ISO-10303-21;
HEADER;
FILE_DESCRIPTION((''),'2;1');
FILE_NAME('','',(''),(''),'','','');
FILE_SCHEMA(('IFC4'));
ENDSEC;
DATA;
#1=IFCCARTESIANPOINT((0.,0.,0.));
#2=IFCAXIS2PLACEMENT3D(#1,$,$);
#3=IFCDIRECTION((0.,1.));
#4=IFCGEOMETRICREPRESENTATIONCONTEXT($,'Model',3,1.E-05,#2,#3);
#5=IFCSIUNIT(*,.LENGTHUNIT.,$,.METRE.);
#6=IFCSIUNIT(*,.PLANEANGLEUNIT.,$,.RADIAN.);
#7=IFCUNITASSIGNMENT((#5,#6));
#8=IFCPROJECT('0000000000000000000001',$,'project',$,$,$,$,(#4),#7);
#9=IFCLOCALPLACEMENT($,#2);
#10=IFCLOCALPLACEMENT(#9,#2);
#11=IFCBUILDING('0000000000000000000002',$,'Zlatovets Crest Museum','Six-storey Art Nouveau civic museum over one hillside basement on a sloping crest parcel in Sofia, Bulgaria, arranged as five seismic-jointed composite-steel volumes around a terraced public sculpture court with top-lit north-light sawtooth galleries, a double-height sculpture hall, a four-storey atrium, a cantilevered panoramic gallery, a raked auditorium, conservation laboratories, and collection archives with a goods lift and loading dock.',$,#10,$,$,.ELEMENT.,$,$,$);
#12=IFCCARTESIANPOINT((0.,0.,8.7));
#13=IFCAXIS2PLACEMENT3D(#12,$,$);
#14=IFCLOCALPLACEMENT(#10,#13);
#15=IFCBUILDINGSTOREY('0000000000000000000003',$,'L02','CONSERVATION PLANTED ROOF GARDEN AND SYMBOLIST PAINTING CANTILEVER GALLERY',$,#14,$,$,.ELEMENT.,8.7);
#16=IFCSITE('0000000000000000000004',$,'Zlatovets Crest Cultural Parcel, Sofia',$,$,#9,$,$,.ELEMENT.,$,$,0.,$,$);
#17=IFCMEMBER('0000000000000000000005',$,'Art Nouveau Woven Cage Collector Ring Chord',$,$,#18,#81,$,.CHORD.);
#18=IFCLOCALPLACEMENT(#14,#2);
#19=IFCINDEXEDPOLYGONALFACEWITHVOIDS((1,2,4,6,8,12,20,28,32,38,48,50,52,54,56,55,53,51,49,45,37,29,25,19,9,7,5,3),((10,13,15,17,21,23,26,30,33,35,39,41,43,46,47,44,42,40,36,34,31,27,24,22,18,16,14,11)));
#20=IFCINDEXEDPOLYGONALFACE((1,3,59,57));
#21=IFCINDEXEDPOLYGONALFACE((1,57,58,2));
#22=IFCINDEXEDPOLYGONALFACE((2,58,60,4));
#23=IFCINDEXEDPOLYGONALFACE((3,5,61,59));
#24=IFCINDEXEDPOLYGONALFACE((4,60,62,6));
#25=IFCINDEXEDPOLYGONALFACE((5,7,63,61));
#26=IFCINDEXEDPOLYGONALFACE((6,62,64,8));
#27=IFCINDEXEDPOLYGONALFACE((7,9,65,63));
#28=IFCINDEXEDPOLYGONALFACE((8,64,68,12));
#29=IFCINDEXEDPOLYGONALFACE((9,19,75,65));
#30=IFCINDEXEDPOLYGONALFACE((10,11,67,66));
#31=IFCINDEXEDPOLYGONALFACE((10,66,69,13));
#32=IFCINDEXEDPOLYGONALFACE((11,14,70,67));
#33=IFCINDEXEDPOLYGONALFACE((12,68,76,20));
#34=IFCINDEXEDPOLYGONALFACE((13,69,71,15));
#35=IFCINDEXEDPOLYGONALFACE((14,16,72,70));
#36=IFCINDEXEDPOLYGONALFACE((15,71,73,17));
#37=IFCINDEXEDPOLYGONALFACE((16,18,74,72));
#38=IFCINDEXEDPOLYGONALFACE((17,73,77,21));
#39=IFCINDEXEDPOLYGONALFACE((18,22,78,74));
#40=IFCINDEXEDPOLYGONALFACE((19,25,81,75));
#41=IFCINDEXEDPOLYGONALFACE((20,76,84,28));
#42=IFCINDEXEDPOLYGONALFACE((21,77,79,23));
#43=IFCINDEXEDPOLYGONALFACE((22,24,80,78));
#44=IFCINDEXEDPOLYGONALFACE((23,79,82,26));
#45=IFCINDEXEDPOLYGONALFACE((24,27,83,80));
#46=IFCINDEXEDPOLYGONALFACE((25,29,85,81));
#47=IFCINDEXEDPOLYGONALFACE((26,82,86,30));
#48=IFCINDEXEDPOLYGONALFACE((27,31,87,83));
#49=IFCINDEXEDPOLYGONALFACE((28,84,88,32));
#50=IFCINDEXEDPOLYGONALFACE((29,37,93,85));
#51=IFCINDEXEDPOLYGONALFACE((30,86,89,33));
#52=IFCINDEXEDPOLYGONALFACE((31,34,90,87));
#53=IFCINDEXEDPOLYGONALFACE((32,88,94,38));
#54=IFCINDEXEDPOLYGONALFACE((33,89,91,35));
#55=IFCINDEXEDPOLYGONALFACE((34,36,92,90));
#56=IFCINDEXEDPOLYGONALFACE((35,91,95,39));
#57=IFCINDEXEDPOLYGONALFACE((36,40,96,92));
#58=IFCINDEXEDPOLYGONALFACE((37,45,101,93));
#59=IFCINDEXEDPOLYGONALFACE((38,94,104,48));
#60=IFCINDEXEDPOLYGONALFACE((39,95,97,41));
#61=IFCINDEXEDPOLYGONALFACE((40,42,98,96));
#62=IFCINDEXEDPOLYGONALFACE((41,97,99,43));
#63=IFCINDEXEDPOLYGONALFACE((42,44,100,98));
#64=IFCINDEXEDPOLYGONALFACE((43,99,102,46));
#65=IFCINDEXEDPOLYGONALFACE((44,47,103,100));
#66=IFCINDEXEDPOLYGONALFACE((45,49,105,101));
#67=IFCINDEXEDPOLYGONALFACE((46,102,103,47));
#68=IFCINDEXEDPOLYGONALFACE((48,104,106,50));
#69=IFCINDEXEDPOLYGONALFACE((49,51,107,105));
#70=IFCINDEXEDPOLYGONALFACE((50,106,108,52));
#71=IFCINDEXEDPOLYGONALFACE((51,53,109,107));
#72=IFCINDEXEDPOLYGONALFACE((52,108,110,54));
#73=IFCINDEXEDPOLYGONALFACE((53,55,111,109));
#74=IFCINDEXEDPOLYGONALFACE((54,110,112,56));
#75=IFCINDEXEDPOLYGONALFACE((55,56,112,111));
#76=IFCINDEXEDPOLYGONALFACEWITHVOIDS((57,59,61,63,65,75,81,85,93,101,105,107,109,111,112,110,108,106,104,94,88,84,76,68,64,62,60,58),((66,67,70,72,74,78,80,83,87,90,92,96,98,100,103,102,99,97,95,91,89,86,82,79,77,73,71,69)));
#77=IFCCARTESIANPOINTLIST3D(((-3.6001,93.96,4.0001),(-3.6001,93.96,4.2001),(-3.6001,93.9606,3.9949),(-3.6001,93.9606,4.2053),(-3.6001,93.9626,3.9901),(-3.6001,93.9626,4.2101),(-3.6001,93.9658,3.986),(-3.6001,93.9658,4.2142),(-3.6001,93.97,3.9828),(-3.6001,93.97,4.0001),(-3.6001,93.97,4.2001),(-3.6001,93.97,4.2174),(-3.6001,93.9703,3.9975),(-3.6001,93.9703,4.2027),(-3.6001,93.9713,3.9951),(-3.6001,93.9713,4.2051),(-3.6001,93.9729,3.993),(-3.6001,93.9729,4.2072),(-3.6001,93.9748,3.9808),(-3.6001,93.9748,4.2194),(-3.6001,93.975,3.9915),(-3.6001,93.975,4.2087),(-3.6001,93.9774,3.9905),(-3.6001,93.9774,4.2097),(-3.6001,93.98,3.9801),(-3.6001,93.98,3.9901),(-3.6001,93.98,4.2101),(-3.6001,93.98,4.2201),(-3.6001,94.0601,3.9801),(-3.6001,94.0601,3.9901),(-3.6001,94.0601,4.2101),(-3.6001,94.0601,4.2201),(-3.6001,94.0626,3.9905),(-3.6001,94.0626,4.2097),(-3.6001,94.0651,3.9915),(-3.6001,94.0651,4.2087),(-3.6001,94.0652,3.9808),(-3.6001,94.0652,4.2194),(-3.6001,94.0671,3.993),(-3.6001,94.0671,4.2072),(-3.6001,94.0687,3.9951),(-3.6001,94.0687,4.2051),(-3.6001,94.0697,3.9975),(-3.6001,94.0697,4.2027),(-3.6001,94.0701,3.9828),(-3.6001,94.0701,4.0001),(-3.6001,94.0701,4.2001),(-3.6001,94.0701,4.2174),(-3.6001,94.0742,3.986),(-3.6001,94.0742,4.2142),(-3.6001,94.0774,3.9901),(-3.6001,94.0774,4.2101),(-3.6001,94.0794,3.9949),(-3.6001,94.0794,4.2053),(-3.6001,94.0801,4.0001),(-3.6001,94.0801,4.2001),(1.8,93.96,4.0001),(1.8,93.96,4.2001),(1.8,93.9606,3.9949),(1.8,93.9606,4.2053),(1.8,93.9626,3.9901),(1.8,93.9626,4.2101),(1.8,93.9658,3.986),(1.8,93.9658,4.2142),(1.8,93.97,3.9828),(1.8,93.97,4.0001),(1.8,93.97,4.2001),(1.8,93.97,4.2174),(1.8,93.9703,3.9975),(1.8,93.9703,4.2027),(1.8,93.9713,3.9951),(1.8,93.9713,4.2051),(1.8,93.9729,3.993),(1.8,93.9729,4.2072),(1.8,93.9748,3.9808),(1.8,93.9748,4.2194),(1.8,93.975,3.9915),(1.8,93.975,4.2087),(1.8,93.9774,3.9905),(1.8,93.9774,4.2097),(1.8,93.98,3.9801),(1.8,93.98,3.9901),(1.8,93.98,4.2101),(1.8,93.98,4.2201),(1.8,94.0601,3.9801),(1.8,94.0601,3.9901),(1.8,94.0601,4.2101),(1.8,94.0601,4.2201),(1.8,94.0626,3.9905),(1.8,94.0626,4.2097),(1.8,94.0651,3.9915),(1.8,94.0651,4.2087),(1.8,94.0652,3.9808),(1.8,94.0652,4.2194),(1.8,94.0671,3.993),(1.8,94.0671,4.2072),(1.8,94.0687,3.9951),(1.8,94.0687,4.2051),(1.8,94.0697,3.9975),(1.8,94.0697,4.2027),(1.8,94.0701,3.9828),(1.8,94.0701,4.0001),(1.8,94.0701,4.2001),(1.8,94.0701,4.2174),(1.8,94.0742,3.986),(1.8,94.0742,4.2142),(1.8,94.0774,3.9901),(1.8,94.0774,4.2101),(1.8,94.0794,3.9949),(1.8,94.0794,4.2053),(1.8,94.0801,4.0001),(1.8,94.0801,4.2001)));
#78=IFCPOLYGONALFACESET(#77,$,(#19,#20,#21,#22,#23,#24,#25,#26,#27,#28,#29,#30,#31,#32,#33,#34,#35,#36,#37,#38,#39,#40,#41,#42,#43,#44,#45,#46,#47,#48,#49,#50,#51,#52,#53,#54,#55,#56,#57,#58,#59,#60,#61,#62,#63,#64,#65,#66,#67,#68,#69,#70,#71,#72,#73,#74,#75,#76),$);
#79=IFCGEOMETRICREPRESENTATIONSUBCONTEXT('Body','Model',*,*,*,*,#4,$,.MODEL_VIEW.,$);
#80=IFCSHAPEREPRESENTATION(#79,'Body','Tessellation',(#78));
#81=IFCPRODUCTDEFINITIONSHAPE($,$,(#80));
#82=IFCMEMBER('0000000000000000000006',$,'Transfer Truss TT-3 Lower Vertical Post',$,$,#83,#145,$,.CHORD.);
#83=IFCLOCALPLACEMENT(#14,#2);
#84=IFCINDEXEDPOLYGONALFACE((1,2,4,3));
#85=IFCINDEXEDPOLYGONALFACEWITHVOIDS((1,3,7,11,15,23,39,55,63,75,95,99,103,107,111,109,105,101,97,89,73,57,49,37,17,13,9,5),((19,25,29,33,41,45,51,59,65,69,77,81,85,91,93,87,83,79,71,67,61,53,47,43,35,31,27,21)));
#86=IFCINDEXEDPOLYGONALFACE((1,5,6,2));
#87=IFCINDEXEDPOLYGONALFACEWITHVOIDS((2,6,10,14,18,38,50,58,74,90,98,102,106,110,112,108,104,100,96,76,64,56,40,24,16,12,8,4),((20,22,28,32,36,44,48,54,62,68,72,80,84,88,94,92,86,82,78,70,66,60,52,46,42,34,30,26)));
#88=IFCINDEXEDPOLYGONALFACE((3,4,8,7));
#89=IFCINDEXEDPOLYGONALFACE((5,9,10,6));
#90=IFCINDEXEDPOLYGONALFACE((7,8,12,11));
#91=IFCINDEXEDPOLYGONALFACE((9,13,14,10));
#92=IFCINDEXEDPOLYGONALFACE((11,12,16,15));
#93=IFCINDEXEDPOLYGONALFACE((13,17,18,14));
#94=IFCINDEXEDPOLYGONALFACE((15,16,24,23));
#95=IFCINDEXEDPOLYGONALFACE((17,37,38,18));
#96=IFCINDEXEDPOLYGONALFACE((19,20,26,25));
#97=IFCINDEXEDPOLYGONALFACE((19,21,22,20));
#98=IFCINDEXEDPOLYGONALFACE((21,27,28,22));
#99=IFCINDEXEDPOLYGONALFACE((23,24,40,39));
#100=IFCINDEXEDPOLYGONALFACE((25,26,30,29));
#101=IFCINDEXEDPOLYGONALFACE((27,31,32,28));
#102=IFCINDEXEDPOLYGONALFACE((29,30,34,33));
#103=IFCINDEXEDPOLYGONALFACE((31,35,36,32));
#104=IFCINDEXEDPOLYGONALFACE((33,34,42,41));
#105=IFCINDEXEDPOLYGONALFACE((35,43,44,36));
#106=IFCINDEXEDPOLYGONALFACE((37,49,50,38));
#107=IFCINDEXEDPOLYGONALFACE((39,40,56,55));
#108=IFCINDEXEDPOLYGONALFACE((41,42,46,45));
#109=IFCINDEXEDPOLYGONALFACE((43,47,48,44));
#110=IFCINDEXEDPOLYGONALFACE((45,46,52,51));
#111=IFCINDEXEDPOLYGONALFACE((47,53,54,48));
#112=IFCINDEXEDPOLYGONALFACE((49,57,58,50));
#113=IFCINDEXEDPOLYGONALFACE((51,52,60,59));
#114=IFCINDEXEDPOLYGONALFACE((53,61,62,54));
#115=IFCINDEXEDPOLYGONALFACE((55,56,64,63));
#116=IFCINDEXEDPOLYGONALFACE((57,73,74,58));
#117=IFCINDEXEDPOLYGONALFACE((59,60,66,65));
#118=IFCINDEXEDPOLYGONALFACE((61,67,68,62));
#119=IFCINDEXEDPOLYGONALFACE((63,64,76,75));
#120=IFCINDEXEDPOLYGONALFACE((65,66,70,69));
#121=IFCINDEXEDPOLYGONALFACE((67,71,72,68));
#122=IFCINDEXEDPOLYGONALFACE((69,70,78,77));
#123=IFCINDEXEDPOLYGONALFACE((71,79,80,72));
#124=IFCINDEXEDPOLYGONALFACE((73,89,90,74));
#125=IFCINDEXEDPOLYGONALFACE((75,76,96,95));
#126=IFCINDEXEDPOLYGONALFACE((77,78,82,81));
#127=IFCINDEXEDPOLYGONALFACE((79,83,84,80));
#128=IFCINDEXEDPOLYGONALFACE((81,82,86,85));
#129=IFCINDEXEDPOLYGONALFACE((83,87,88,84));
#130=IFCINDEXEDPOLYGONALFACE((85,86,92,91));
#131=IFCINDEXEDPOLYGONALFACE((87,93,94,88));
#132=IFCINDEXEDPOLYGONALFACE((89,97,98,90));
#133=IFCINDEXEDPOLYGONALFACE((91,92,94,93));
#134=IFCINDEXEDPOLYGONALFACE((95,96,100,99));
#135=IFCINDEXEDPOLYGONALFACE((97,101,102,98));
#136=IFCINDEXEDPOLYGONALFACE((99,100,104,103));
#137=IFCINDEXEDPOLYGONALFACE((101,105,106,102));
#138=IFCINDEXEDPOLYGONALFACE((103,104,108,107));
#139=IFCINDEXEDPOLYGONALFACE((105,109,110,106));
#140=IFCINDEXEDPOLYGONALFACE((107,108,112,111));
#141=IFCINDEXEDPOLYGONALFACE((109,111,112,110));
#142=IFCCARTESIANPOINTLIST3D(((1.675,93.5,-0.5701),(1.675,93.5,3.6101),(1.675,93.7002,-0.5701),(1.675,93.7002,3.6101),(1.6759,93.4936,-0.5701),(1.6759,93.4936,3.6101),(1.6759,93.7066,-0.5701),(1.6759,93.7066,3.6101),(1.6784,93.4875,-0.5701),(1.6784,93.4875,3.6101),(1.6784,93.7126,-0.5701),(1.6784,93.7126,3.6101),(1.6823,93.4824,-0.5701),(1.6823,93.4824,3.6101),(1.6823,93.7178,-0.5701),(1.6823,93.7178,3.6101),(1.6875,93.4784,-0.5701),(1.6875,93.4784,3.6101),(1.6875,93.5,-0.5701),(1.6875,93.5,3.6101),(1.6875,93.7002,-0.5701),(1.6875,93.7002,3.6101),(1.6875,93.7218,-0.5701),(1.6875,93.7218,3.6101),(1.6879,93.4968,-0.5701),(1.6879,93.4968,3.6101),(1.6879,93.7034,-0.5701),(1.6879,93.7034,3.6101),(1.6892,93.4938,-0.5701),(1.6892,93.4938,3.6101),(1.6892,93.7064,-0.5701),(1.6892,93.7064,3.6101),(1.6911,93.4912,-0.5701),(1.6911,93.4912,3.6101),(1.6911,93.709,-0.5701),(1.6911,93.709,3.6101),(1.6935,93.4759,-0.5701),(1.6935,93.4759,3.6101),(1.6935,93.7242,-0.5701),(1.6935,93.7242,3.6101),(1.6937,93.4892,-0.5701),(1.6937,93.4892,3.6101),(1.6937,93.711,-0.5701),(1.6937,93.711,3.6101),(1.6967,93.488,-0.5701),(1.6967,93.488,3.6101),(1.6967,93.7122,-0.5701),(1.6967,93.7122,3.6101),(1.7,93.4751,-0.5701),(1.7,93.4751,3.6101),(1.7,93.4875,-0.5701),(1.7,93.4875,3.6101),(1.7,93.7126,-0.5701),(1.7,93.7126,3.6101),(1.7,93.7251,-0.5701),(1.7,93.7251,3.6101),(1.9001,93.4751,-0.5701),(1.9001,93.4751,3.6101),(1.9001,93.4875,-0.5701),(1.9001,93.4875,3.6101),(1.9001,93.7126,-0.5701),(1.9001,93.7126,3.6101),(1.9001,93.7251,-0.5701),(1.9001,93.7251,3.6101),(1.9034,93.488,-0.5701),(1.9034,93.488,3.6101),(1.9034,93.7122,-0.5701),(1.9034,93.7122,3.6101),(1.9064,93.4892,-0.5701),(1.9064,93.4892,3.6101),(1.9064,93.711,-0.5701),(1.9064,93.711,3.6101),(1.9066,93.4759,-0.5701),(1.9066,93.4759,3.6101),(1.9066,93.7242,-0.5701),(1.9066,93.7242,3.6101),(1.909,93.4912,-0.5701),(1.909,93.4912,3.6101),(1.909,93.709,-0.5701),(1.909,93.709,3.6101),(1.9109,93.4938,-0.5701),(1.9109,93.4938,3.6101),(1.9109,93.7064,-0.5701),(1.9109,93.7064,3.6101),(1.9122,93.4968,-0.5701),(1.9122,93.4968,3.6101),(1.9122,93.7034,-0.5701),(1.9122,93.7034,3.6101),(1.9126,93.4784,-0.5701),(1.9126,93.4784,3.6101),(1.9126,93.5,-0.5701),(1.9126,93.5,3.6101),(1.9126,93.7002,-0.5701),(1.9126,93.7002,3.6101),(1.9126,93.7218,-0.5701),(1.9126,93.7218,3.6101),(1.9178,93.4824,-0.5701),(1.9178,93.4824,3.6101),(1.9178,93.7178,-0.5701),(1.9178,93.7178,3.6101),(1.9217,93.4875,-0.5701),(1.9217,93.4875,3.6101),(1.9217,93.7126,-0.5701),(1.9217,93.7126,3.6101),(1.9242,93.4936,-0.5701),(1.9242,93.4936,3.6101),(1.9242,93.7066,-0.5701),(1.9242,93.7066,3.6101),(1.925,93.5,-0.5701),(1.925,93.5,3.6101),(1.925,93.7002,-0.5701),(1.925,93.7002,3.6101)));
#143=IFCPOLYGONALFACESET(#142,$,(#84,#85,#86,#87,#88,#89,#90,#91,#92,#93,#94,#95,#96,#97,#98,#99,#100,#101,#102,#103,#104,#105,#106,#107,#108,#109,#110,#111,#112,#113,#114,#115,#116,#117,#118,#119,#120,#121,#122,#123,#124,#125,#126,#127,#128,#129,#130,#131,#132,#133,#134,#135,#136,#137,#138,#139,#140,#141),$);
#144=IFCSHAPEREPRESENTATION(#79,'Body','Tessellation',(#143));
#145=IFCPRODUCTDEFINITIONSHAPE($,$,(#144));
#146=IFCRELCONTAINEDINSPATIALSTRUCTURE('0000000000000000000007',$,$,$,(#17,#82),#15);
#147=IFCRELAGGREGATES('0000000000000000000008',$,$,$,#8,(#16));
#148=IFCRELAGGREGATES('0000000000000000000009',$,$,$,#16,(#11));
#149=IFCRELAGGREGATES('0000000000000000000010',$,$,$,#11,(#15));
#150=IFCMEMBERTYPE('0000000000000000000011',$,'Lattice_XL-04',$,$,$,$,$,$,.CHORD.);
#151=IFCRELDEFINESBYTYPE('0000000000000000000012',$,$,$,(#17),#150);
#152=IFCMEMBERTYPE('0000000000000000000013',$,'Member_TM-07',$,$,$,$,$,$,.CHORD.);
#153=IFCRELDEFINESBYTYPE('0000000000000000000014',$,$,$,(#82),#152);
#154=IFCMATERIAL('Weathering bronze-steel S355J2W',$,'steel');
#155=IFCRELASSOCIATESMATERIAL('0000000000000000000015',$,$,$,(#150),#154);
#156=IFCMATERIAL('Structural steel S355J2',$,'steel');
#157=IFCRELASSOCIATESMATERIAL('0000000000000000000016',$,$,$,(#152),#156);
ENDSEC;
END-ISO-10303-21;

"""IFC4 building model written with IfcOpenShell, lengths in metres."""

from ifc_helpers import new_model, si_unit, direction, frame, origin, origin_2d, place, context, subcontext, project, spatial, hollow_rectangle, extrude, material, material_profile, profile_set, type_object, element, save


model = new_model("IFC4")

# Units and contexts
model_context = context("Model", 3, precision=1e-05, world=origin(), true_north=direction((0.0, 1.0)))
body_context = subcontext(model_context, "Body", "Model", "MODEL_VIEW")
ifc_project = project(units=[si_unit("LENGTHUNIT", "METRE"), si_unit("PLANEANGLEUNIT", "RADIAN")], contexts=[model_context])

# Site, building, storey
site_placement = place(None, origin())
site = spatial("IfcSite", under=ifc_project, at=site_placement, Name="Zlatovets Crest Cultural Parcel, Sofia", CompositionType="ELEMENT", RefElevation=0.0)
building_placement = place(site_placement, origin())
building = spatial("IfcBuilding", under=site, at=building_placement, Name="Zlatovets Crest Museum", Description="Six-storey Art Nouveau civic museum over one hillside basement on a sloping crest parcel in Sofia, Bulgaria, arranged as five seismic-jointed composite-steel volumes around a terraced public sculpture court with top-lit north-light sawtooth galleries, a double-height sculpture hall, a four-storey atrium, a cantilevered panoramic gallery, a raked auditorium, conservation laboratories, and collection archives with a goods lift and loading dock.", CompositionType="ELEMENT")
storey_placement = place(building_placement, frame((0.0, 0.0, 8.7)))
storey = spatial("IfcBuildingStorey", under=building, at=storey_placement, Name="L02", Description="CONSERVATION PLANTED ROOF GARDEN AND SYMBOLIST PAINTING CANTILEVER GALLERY", CompositionType="ELEMENT", Elevation=8.7)

# Shared definitions
ifc_material_1 = material(Name="Structural steel S355J2", Category="steel")

# Members
ifc_material_2 = material(Name="Weathering bronze-steel S355J2W", Category="steel")
ifc_material_profile_1 = material_profile(ifc_material_2, hollow_rectangle(XDim=0.1201, YDim=0.24, WallThickness=0.01, InnerFilletRadius=0.01, OuterFilletRadius=0.02, at=origin_2d()), Name="RHS 120x240x10.0")
ifc_profile_set_1 = profile_set([ifc_material_profile_1], Name="Weathering bronze-steel S355J2W")
member_type_1 = type_object("IfcMemberType", Name="Lattice_XL-04", PredefinedType="CHORD", material=ifc_profile_set_1)
member_1_placement = place(storey_placement, frame((1.8, 94.02, 4.1001), z_axis=(-1.0, 0.0, 0.0), x_axis=(0.0, -1.0, 0.0)))
element("IfcMember", 1, at=member_1_placement, inside=storey, type_object=member_type_1, Name="Art Nouveau Woven Cage Collector Ring Chord", PredefinedType="CHORD", context=body_context, shape_type="SweptSolid", body=[
    extrude(hollow_rectangle(XDim=0.1201, YDim=0.24, WallThickness=0.01, InnerFilletRadius=0.01, OuterFilletRadius=0.02, at=origin_2d()), origin(), (0.0, 0.0, 1.0), 5.4001),
])
ifc_material_profile_2 = material_profile(ifc_material_1, hollow_rectangle(XDim=0.25, YDim=0.25, WallThickness=0.0125, InnerFilletRadius=0.0125, OuterFilletRadius=0.0249, at=origin_2d()), Name="SHS 250x250x12.5")
ifc_profile_set_2 = profile_set([ifc_material_profile_2], Name="Structural steel S355J2")
member_type_2 = type_object("IfcMemberType", Name="Member_TM-07", PredefinedType="CHORD", material=ifc_profile_set_2)
member_2_placement = place(storey_placement, frame((1.8, 93.6001, -0.5701), z_axis=(0.0, 0.0, 1.0), x_axis=(1.0, 0.0, 0.0)))
element("IfcMember", 2, at=member_2_placement, inside=storey, type_object=member_type_2, Name="Transfer Truss TT-3 Lower Vertical Post", PredefinedType="CHORD", context=body_context, shape_type="SweptSolid", body=[
    extrude(hollow_rectangle(XDim=0.25, YDim=0.25, WallThickness=0.0125, InnerFilletRadius=0.0125, OuterFilletRadius=0.0249, at=origin_2d()), origin(), (0.0, 0.0, 1.0), 4.1802),
])

save(model, "model.ifc")
